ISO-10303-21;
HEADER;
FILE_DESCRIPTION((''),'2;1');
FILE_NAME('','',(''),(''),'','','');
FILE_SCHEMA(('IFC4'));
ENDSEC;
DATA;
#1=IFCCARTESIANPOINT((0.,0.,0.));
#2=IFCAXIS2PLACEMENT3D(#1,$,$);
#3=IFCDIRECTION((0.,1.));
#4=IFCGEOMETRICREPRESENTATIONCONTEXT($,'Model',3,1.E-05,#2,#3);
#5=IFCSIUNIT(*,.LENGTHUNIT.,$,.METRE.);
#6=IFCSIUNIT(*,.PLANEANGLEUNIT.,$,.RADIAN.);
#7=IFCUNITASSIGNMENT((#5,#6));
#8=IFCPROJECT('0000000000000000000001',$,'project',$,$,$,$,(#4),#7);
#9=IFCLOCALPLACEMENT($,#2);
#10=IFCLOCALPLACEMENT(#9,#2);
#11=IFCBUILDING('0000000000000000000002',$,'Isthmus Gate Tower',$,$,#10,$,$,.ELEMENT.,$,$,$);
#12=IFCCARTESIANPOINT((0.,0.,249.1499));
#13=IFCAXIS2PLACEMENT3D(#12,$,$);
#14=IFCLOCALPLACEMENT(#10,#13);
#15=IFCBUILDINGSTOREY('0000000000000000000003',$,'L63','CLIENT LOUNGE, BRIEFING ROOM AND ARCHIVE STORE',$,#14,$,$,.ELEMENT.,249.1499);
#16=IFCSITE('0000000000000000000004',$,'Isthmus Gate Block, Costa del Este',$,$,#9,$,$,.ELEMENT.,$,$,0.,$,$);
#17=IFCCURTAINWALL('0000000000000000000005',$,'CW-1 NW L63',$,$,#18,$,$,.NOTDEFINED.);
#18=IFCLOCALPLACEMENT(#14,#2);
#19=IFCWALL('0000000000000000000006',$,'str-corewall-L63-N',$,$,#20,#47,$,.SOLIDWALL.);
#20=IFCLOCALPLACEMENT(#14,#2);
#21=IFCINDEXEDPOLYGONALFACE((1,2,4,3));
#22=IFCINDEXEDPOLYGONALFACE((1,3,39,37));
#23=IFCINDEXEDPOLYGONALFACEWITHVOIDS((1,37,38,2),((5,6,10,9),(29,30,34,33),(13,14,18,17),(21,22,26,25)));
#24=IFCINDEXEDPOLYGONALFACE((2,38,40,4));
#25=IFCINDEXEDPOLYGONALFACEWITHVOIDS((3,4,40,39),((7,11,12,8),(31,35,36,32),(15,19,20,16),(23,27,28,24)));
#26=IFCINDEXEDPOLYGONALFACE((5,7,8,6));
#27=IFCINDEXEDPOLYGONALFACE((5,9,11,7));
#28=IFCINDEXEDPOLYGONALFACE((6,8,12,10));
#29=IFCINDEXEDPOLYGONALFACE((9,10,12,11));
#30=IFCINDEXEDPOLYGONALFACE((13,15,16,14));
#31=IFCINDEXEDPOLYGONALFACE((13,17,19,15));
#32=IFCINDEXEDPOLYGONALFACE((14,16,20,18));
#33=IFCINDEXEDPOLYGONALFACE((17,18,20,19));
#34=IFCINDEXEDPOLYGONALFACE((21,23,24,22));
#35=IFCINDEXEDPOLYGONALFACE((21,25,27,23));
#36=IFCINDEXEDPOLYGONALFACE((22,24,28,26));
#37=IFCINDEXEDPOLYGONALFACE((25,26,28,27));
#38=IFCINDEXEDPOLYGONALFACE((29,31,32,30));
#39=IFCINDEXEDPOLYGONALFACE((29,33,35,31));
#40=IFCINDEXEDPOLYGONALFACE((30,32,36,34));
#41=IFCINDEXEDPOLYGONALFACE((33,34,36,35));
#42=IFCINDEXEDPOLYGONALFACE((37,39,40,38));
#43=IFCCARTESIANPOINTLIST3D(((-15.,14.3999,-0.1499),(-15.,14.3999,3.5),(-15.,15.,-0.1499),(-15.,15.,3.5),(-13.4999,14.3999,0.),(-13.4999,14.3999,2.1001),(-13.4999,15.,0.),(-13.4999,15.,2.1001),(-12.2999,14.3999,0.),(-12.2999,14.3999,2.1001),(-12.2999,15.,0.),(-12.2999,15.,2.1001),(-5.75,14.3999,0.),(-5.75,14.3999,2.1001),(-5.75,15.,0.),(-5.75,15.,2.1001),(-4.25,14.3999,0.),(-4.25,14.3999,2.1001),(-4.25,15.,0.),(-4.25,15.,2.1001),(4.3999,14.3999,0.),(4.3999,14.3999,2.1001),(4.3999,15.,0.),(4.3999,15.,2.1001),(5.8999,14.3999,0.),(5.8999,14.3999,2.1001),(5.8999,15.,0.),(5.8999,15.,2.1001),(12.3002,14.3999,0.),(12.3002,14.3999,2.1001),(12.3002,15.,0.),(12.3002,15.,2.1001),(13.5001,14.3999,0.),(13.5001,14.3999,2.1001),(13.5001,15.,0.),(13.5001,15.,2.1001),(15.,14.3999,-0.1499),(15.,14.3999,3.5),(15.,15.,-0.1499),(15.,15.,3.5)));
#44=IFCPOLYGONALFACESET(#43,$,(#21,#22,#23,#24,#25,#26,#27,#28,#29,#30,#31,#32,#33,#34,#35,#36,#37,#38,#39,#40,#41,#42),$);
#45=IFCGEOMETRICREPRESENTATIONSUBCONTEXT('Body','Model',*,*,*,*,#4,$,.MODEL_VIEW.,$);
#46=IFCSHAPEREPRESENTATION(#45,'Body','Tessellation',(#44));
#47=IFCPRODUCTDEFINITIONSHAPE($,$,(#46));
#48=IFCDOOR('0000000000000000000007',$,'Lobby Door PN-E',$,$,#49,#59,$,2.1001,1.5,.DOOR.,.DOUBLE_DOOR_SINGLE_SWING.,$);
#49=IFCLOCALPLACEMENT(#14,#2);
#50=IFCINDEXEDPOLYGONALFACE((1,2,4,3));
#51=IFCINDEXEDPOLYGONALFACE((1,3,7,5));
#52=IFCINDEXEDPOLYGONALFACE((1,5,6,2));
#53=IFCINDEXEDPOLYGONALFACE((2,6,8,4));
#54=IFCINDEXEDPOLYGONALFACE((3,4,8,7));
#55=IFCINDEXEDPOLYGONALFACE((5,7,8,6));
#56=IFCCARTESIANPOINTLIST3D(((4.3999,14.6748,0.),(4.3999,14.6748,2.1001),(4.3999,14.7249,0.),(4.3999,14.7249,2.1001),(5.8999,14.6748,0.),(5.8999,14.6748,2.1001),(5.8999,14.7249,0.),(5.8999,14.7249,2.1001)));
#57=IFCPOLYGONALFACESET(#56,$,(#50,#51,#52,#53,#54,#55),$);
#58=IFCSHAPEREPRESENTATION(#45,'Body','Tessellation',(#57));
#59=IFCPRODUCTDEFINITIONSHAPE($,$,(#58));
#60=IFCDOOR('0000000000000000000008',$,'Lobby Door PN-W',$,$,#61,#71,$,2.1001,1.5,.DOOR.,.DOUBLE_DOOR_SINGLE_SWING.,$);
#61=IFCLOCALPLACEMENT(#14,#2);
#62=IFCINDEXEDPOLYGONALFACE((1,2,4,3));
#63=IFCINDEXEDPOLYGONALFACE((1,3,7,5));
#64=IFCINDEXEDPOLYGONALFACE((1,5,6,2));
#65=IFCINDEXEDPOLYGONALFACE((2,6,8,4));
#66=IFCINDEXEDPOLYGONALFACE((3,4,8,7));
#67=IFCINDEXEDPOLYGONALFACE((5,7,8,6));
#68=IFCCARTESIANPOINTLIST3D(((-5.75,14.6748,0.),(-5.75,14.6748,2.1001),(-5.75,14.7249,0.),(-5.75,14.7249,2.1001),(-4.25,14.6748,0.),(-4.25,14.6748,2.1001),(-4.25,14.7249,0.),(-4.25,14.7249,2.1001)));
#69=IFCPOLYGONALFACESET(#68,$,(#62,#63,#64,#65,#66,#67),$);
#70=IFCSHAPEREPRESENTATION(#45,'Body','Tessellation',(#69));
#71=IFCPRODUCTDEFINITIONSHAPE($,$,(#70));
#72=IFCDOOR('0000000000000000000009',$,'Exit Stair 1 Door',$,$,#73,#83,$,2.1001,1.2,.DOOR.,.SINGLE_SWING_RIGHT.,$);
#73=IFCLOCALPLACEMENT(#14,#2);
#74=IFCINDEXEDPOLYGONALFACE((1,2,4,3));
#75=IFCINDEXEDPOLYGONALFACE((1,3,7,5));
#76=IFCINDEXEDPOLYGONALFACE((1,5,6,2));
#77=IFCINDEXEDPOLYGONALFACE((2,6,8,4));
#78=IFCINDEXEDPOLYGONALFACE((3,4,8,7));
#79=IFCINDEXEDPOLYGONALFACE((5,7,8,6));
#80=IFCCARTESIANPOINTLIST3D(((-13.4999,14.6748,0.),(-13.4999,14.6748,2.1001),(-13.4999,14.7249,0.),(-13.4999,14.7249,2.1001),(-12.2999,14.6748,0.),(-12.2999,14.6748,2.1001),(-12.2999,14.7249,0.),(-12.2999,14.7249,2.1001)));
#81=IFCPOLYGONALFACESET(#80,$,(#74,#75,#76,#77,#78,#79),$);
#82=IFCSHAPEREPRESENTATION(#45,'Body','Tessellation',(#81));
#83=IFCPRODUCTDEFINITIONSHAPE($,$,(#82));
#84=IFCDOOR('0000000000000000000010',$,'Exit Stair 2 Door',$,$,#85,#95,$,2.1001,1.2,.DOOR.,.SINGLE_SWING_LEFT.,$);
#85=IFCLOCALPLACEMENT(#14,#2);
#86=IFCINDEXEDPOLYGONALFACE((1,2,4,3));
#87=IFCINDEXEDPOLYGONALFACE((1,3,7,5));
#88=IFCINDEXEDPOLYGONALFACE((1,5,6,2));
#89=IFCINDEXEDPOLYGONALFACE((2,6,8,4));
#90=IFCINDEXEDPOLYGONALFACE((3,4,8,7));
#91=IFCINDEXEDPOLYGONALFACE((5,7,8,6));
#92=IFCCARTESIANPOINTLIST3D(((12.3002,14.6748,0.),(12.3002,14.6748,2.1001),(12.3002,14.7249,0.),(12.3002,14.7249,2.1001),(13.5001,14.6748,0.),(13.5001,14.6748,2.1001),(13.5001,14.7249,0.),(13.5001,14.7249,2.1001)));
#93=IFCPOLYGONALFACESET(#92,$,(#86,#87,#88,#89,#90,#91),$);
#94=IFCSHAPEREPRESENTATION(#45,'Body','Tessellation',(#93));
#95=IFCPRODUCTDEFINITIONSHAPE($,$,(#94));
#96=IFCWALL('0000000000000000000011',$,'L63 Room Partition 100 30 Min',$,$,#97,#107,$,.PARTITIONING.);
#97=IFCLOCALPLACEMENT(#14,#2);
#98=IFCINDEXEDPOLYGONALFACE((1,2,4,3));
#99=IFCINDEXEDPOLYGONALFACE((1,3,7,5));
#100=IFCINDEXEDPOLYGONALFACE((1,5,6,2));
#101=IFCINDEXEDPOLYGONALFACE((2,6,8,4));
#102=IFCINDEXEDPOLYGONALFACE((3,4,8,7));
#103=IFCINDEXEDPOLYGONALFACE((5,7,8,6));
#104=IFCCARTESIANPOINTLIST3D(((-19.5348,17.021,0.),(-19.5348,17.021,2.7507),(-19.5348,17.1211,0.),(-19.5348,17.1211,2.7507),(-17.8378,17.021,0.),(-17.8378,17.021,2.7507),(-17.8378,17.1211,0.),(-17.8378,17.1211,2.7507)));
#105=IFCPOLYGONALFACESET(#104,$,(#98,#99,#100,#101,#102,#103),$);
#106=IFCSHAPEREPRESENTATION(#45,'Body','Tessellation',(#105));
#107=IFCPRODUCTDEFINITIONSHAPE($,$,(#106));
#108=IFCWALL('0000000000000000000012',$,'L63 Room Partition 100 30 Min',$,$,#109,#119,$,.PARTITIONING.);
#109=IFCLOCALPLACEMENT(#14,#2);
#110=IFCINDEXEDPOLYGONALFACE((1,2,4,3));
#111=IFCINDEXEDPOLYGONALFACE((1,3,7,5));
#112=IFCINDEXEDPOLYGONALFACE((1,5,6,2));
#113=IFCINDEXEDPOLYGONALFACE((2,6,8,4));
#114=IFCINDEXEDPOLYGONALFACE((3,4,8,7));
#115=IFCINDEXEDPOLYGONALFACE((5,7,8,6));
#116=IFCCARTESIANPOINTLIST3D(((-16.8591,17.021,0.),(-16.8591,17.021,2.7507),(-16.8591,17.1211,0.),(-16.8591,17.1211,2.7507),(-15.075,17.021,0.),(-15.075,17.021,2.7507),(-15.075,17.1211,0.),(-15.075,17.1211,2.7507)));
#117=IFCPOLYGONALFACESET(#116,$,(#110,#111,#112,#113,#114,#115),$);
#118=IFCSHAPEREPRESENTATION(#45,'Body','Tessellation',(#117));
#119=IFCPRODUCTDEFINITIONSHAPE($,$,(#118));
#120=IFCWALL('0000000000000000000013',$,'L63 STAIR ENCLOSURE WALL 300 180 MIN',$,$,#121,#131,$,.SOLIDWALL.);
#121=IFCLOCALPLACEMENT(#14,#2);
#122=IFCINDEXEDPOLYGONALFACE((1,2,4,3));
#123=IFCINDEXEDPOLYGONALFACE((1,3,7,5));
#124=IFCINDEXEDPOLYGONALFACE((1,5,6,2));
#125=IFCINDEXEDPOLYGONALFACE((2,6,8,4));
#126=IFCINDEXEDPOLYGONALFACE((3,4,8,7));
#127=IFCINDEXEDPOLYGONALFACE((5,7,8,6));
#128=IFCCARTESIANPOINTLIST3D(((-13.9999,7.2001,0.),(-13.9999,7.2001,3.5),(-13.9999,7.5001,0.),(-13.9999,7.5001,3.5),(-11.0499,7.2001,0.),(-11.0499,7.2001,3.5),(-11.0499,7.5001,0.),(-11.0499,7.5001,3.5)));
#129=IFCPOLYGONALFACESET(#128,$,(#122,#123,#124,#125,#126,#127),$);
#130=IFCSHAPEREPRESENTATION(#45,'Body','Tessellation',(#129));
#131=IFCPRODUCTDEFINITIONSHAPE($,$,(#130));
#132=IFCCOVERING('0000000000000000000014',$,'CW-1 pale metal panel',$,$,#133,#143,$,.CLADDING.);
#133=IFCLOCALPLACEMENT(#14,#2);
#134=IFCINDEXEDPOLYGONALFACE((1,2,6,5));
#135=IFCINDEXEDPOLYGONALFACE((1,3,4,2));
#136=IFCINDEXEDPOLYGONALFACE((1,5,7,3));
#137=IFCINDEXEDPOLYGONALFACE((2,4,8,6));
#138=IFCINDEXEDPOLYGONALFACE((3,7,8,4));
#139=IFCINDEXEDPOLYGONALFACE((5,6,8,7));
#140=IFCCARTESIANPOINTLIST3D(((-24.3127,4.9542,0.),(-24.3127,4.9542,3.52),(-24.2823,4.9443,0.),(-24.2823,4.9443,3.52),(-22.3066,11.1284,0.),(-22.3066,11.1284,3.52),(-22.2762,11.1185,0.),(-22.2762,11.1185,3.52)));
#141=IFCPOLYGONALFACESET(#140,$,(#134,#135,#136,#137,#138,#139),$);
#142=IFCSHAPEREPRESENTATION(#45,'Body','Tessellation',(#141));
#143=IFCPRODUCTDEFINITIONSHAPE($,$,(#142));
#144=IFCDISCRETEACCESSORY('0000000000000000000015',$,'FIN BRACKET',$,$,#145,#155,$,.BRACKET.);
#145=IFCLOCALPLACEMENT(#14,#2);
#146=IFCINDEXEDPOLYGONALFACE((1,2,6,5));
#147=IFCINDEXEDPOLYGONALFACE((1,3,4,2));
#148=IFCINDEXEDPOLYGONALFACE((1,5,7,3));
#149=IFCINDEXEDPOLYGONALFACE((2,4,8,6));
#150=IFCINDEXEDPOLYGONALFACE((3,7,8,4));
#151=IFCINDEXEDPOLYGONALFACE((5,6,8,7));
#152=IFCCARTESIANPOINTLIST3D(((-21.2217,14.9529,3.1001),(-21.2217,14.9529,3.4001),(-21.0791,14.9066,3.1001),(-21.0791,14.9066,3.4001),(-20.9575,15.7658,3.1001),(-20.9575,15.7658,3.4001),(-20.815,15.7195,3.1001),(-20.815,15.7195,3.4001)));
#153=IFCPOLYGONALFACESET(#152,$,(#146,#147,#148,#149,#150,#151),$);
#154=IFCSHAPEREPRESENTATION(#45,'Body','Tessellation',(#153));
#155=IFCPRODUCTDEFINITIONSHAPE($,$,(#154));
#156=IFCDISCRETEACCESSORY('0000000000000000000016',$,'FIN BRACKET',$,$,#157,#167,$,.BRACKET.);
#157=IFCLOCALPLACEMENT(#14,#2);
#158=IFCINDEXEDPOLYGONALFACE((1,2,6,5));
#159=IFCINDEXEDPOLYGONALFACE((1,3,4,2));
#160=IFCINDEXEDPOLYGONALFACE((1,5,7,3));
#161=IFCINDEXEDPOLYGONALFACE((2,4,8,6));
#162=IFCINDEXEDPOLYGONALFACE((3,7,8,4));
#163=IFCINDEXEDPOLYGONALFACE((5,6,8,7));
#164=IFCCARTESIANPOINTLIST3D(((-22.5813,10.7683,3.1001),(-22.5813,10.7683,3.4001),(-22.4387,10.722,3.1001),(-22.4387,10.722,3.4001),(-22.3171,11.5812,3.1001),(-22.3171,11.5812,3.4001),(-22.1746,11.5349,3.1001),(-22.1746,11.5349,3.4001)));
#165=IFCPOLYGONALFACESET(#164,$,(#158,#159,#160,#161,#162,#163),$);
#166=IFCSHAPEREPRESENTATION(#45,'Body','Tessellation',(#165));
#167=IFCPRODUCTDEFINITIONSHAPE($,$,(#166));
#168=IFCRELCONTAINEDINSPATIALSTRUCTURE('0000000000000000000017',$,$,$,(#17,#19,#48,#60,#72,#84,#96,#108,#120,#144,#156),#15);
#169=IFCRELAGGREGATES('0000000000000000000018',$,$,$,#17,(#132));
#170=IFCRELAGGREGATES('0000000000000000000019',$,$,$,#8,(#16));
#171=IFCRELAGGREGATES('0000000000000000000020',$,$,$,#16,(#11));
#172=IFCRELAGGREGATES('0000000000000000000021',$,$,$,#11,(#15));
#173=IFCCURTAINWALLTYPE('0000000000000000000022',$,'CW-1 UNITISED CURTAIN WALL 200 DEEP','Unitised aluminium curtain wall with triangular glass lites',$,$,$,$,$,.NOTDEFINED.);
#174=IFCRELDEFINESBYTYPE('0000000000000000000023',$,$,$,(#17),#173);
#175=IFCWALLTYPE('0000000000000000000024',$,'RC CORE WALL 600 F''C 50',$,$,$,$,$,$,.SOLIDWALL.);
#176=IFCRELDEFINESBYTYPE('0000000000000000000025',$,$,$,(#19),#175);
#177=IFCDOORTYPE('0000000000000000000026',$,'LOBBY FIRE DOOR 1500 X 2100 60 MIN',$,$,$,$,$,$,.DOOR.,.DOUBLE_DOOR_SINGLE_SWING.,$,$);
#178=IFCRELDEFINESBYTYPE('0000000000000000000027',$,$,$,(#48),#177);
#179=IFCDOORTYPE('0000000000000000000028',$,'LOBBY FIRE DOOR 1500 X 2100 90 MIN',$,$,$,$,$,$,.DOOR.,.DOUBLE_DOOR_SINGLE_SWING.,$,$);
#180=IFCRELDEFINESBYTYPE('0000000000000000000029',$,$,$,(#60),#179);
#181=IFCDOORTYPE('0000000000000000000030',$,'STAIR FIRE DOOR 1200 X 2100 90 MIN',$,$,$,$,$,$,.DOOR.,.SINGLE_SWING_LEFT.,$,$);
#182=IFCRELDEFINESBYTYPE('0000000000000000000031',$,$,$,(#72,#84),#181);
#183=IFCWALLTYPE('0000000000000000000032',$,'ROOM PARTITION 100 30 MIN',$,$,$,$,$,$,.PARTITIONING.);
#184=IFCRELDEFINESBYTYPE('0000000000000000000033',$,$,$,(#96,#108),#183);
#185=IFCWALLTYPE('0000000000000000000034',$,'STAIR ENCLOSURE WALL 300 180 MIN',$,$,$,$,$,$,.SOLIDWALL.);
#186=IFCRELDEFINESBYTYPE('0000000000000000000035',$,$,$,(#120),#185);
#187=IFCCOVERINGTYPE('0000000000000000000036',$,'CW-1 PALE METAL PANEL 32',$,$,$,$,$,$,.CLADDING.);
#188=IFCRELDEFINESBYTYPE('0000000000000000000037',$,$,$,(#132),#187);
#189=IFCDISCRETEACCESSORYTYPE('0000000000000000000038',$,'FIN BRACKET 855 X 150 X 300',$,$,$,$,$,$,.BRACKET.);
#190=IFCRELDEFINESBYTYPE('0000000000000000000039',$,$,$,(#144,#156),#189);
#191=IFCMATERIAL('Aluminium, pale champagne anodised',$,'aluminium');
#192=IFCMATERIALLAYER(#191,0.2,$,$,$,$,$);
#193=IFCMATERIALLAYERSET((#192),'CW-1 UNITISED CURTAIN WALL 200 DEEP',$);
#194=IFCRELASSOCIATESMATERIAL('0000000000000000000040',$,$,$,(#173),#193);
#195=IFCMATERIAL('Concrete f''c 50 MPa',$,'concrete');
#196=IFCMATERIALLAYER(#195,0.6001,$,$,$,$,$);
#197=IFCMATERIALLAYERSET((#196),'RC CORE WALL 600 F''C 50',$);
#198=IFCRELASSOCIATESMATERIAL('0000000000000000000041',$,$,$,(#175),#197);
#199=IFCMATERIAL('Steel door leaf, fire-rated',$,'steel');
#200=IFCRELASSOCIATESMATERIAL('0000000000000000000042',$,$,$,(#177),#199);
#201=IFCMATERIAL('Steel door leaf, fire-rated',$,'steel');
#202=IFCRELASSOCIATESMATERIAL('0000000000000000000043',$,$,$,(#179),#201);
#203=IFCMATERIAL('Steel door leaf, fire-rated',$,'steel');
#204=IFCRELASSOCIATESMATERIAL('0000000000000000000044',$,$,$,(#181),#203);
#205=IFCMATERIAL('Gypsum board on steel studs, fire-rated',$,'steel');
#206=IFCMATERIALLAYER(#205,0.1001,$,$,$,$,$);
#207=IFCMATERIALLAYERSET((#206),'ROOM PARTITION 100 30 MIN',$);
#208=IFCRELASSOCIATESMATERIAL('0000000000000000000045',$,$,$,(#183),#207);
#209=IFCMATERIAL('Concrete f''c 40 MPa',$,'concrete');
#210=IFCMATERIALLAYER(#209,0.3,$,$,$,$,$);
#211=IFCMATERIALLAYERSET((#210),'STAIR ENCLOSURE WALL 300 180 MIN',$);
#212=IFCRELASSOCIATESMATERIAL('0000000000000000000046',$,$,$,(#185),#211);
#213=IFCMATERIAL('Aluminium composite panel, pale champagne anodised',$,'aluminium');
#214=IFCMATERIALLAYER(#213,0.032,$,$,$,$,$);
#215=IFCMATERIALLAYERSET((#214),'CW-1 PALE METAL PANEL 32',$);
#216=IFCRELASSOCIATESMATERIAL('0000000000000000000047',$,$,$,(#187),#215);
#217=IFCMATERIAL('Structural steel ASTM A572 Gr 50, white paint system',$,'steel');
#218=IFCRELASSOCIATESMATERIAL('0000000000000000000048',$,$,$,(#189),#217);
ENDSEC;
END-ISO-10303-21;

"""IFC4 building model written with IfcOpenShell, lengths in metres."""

from ifc_helpers import new_model, si_unit, direction, frame, frame_2d, origin, origin_2d, place, context, subcontext, project, spatial, rectangle, extrude, material, layer, layer_set, type_object, element, fill, aggregate, save


model = new_model("IFC4")

# Units and contexts
model_context = context("Model", 3, precision=1e-05, world=origin(), true_north=direction((0.0, 1.0)))
body_context = subcontext(model_context, "Body", "Model", "MODEL_VIEW")
ifc_project = project(units=[si_unit("LENGTHUNIT", "METRE"), si_unit("PLANEANGLEUNIT", "RADIAN")], contexts=[model_context])

# Site, building, storey
site_placement = place(None, origin())
site = spatial("IfcSite", under=ifc_project, at=site_placement, Name="Isthmus Gate Block, Costa del Este", CompositionType="ELEMENT", RefElevation=0.0)
building_placement = place(site_placement, origin())
building = spatial("IfcBuilding", under=site, at=building_placement, Name="Isthmus Gate Tower", CompositionType="ELEMENT")
storey_placement = place(building_placement, frame((0.0, 0.0, 249.1499)))
storey = spatial("IfcBuildingStorey", under=building, at=storey_placement, Name="L63", Description="CLIENT LOUNGE, BRIEFING ROOM AND ARCHIVE STORE", CompositionType="ELEMENT", Elevation=249.1499)

# Curtain wall
ifc_material_1 = material(Name="Aluminium, pale champagne anodised", Category="aluminium")
ifc_layer_1 = layer(ifc_material_1, 0.2)
ifc_layer_set_1 = layer_set([ifc_layer_1], Name="CW-1 UNITISED CURTAIN WALL 200 DEEP")
curtain_wall_type_1 = type_object("IfcCurtainWallType", Name="CW-1 UNITISED CURTAIN WALL 200 DEEP", Description="Unitised aluminium curtain wall with triangular glass lites", PredefinedType="NOTDEFINED", material=ifc_layer_set_1)
curtain_wall_1_placement = place(storey_placement, origin())
curtain_wall_1 = element("IfcCurtainWall", 1, at=curtain_wall_1_placement, inside=storey, type_object=curtain_wall_type_1, Name="CW-1 NW L63", PredefinedType="NOTDEFINED")

# Wall, openings, doors
ifc_material_2 = material(Name="Concrete f'c 50 MPa", Category="concrete")
ifc_layer_2 = layer(ifc_material_2, 0.6001)
ifc_layer_set_2 = layer_set([ifc_layer_2], Name="RC CORE WALL 600 F'C 50")
wall_type_1 = type_object("IfcWallType", Name="RC CORE WALL 600 F'C 50", PredefinedType="SOLIDWALL", material=ifc_layer_set_2)
wall_1_placement = place(storey_placement, frame((-15.0, 14.7, -0.1499), z_axis=(0.0, 0.0, 1.0), x_axis=(1.0, 0.0, 0.0)))
wall_1 = element("IfcWall", 2, at=wall_1_placement, inside=storey, type_object=wall_type_1, Name="str-corewall-L63-N", PredefinedType="SOLIDWALL", context=body_context, shape_type="SweptSolid", body=[
    extrude(rectangle(XDim=30.0, YDim=0.6001, at=frame_2d((15.0, 0.0))), origin(), (0.0, 0.0, 1.0), 3.6499),
])
opening_1_placement = place(wall_1_placement, frame((9.25, 0.0, 0.1499)))
opening_1 = element("IfcOpeningElement", 3, at=opening_1_placement, cuts=wall_1, PredefinedType="OPENING", context=body_context, shape_type="SweptSolid", body=[
    extrude(rectangle(XDim=1.5, YDim=2.1001, at=frame_2d((0.75, 1.05))), frame((0.0, 0.3101, 0.0), z_axis=(0.0, -1.0, 0.0), x_axis=(1.0, 0.0, 0.0)), (0.0, 0.0, 1.0), 0.6201),
])
opening_2_placement = place(wall_1_placement, frame((19.3999, 0.0, 0.1499)))
opening_2 = element("IfcOpeningElement", 4, at=opening_2_placement, cuts=wall_1, PredefinedType="OPENING", context=body_context, shape_type="SweptSolid", body=[
    extrude(rectangle(XDim=1.5, YDim=2.1001, at=frame_2d((0.75, 1.05))), frame((0.0, 0.3101, 0.0), z_axis=(0.0, -1.0, 0.0), x_axis=(1.0, 0.0, 0.0)), (0.0, 0.0, 1.0), 0.6201),
])
opening_3_placement = place(wall_1_placement, frame((1.5, 0.0, 0.1499)))
opening_3 = element("IfcOpeningElement", 5, at=opening_3_placement, cuts=wall_1, PredefinedType="OPENING", context=body_context, shape_type="SweptSolid", body=[
    extrude(rectangle(XDim=1.2, YDim=2.1001, at=frame_2d((0.6001, 1.05))), frame((0.0, 0.3101, 0.0), z_axis=(0.0, -1.0, 0.0), x_axis=(1.0, 0.0, 0.0)), (0.0, 0.0, 1.0), 0.6201),
])
opening_4_placement = place(wall_1_placement, frame((27.3, 0.0, 0.1499)))
opening_4 = element("IfcOpeningElement", 6, at=opening_4_placement, cuts=wall_1, PredefinedType="OPENING", context=body_context, shape_type="SweptSolid", body=[
    extrude(rectangle(XDim=1.2, YDim=2.1001, at=frame_2d((0.6001, 1.05))), frame((0.0, 0.3101, 0.0), z_axis=(0.0, -1.0, 0.0), x_axis=(1.0, 0.0, 0.0)), (0.0, 0.0, 1.0), 0.6201),
])
ifc_material_3 = material(Name="Steel door leaf, fire-rated", Category="steel")
door_type_1 = type_object("IfcDoorType", Name="LOBBY FIRE DOOR 1500 X 2100 60 MIN", OperationType="DOUBLE_DOOR_SINGLE_SWING", PredefinedType="DOOR", material=ifc_material_3)
door_1_placement = place(opening_2_placement, origin())
door_1 = element("IfcDoor", 7, at=door_1_placement, inside=storey, type_object=door_type_1, Name="Lobby Door PN-E", OperationType="DOUBLE_DOOR_SINGLE_SWING", OverallHeight=2.1001, OverallWidth=1.5, PredefinedType="DOOR", context=body_context, shape_type="SweptSolid", body=[
    extrude(rectangle(XDim=1.5, YDim=2.1001, at=frame_2d((0.75, 1.05))), frame((0.0, 0.0249, 0.0), z_axis=(0.0, -1.0, 0.0), x_axis=(1.0, 0.0, 0.0)), (0.0, 0.0, 1.0), 0.05),
])
fill(opening_2, door_1)
ifc_material_4 = material(Name="Steel door leaf, fire-rated", Category="steel")
door_type_2 = type_object("IfcDoorType", Name="LOBBY FIRE DOOR 1500 X 2100 90 MIN", OperationType="DOUBLE_DOOR_SINGLE_SWING", PredefinedType="DOOR", material=ifc_material_4)
door_2_placement = place(opening_1_placement, origin())
door_2 = element("IfcDoor", 8, at=door_2_placement, inside=storey, type_object=door_type_2, Name="Lobby Door PN-W", OperationType="DOUBLE_DOOR_SINGLE_SWING", OverallHeight=2.1001, OverallWidth=1.5, PredefinedType="DOOR", context=body_context, shape_type="SweptSolid", body=[
    extrude(rectangle(XDim=1.5, YDim=2.1001, at=frame_2d((0.75, 1.05))), frame((0.0, 0.0249, 0.0), z_axis=(0.0, -1.0, 0.0), x_axis=(1.0, 0.0, 0.0)), (0.0, 0.0, 1.0), 0.05),
])
fill(opening_1, door_2)
ifc_material_5 = material(Name="Steel door leaf, fire-rated", Category="steel")
door_type_3 = type_object("IfcDoorType", Name="STAIR FIRE DOOR 1200 X 2100 90 MIN", OperationType="SINGLE_SWING_LEFT", PredefinedType="DOOR", material=ifc_material_5)
door_3_placement = place(opening_3_placement, origin())
door_3 = element("IfcDoor", 9, at=door_3_placement, inside=storey, type_object=door_type_3, Name="Exit Stair 1 Door", OperationType="SINGLE_SWING_RIGHT", OverallHeight=2.1001, OverallWidth=1.2, PredefinedType="DOOR", context=body_context, shape_type="SweptSolid", body=[
    extrude(rectangle(XDim=1.2, YDim=2.1001, at=frame_2d((0.6001, 1.05))), frame((0.0, 0.0249, 0.0), z_axis=(0.0, -1.0, 0.0), x_axis=(1.0, 0.0, 0.0)), (0.0, 0.0, 1.0), 0.05),
])
fill(opening_3, door_3)
door_4_placement = place(opening_4_placement, origin())
door_4 = element("IfcDoor", 10, at=door_4_placement, inside=storey, type_object=door_type_3, Name="Exit Stair 2 Door", OperationType="SINGLE_SWING_LEFT", OverallHeight=2.1001, OverallWidth=1.2, PredefinedType="DOOR", context=body_context, shape_type="SweptSolid", body=[
    extrude(rectangle(XDim=1.2, YDim=2.1001, at=frame_2d((0.6001, 1.05))), frame((0.0, 0.0249, 0.0), z_axis=(0.0, -1.0, 0.0), x_axis=(1.0, 0.0, 0.0)), (0.0, 0.0, 1.0), 0.05),
])
fill(opening_4, door_4)

# Walls
ifc_material_6 = material(Name="Gypsum board on steel studs, fire-rated", Category="steel")
ifc_layer_3 = layer(ifc_material_6, 0.1001)
ifc_layer_set_3 = layer_set([ifc_layer_3], Name="ROOM PARTITION 100 30 MIN")
wall_type_2 = type_object("IfcWallType", Name="ROOM PARTITION 100 30 MIN", PredefinedType="PARTITIONING", material=ifc_layer_set_3)
wall_2_placement = place(storey_placement, frame((-19.5349, 17.071, 0.0), z_axis=(0.0, 0.0, 1.0), x_axis=(1.0, 0.0, 0.0)))
element("IfcWall", 11, at=wall_2_placement, inside=storey, type_object=wall_type_2, Name="L63 Room Partition 100 30 Min", PredefinedType="PARTITIONING", context=body_context, shape_type="SweptSolid", body=[
    extrude(rectangle(XDim=1.697, YDim=0.1001, at=frame_2d((0.8486, 0.0))), origin(), (0.0, 0.0, 1.0), 2.7507),
])
wall_3_placement = place(storey_placement, frame((-16.8591, 17.071, 0.0), z_axis=(0.0, 0.0, 1.0), x_axis=(1.0, 0.0, 0.0)))
element("IfcWall", 12, at=wall_3_placement, inside=storey, type_object=wall_type_2, Name="L63 Room Partition 100 30 Min", PredefinedType="PARTITIONING", context=body_context, shape_type="SweptSolid", body=[
    extrude(rectangle(XDim=1.7842, YDim=0.1001, at=frame_2d((0.8921, 0.0))), origin(), (0.0, 0.0, 1.0), 2.7507),
])
ifc_material_7 = material(Name="Concrete f'c 40 MPa", Category="concrete")
ifc_layer_4 = layer(ifc_material_7, 0.3)
ifc_layer_set_4 = layer_set([ifc_layer_4], Name="STAIR ENCLOSURE WALL 300 180 MIN")
wall_type_3 = type_object("IfcWallType", Name="STAIR ENCLOSURE WALL 300 180 MIN", PredefinedType="SOLIDWALL", material=ifc_layer_set_4)
wall_4_placement = place(storey_placement, frame((-14.0, 7.3501, 0.0), z_axis=(0.0, 0.0, 1.0), x_axis=(1.0, 0.0, 0.0)))
element("IfcWall", 13, at=wall_4_placement, inside=storey, type_object=wall_type_3, Name="L63 STAIR ENCLOSURE WALL 300 180 MIN", PredefinedType="SOLIDWALL", context=body_context, shape_type="SweptSolid", body=[
    extrude(rectangle(XDim=2.95, YDim=0.3, at=frame_2d((1.4751, 0.0))), origin(), (0.0, 0.0, 1.0), 3.5),
])

# Covering
ifc_material_8 = material(Name="Aluminium composite panel, pale champagne anodised", Category="aluminium")
ifc_layer_5 = layer(ifc_material_8, 0.032)
ifc_layer_set_5 = layer_set([ifc_layer_5], Name="CW-1 PALE METAL PANEL 32")
covering_type = type_object("IfcCoveringType", Name="CW-1 PALE METAL PANEL 32", PredefinedType="CLADDING", material=ifc_layer_set_5)
covering_placement = place(storey_placement, frame((-23.2944, 8.0364, 0.0), z_axis=(0.0, 0.0, 1.0), x_axis=(-0.309017, -0.951057, 0.0)))
covering = element("IfcCovering", 14, at=covering_placement, type_object=covering_type, Name="CW-1 pale metal panel", PredefinedType="CLADDING", context=body_context, shape_type="SweptSolid", body=[
    extrude(rectangle(XDim=6.4919, YDim=0.032, at=origin_2d()), origin(), (0.0, 0.0, 1.0), 3.52),
])
aggregate(curtain_wall_1, [covering])

# Discrete accessories
ifc_material_9 = material(Name="Structural steel ASTM A572 Gr 50, white paint system", Category="steel")
discrete_accessory_type = type_object("IfcDiscreteAccessoryType", Name="FIN BRACKET 855 X 150 X 300", PredefinedType="BRACKET", material=ifc_material_9)
for number, where, z_axis, x_axis, name in (
    (15, (-21.0183, 15.3362, 3.1001), (0.0, 0.0, 1.0), (-0.951057, 0.309017, 0.0), "FIN BRACKET"),
    (16, (-22.3779, 11.1516, 3.1001), (0.0, 0.0, 1.0), (-0.951057, 0.309017, 0.0), "FIN BRACKET"),
):
    element("IfcDiscreteAccessory", number, at=place(storey_placement, frame(where, z_axis=z_axis, x_axis=x_axis)), inside=storey, type_object=discrete_accessory_type, Name=name, PredefinedType="BRACKET", context=body_context, shape_type="SweptSolid", body=[
        extrude(rectangle(XDim=0.1499, YDim=0.8547, at=origin_2d()), origin(), (0.0, 0.0, 1.0), 0.3),
    ])

save(model, "model.ifc")
